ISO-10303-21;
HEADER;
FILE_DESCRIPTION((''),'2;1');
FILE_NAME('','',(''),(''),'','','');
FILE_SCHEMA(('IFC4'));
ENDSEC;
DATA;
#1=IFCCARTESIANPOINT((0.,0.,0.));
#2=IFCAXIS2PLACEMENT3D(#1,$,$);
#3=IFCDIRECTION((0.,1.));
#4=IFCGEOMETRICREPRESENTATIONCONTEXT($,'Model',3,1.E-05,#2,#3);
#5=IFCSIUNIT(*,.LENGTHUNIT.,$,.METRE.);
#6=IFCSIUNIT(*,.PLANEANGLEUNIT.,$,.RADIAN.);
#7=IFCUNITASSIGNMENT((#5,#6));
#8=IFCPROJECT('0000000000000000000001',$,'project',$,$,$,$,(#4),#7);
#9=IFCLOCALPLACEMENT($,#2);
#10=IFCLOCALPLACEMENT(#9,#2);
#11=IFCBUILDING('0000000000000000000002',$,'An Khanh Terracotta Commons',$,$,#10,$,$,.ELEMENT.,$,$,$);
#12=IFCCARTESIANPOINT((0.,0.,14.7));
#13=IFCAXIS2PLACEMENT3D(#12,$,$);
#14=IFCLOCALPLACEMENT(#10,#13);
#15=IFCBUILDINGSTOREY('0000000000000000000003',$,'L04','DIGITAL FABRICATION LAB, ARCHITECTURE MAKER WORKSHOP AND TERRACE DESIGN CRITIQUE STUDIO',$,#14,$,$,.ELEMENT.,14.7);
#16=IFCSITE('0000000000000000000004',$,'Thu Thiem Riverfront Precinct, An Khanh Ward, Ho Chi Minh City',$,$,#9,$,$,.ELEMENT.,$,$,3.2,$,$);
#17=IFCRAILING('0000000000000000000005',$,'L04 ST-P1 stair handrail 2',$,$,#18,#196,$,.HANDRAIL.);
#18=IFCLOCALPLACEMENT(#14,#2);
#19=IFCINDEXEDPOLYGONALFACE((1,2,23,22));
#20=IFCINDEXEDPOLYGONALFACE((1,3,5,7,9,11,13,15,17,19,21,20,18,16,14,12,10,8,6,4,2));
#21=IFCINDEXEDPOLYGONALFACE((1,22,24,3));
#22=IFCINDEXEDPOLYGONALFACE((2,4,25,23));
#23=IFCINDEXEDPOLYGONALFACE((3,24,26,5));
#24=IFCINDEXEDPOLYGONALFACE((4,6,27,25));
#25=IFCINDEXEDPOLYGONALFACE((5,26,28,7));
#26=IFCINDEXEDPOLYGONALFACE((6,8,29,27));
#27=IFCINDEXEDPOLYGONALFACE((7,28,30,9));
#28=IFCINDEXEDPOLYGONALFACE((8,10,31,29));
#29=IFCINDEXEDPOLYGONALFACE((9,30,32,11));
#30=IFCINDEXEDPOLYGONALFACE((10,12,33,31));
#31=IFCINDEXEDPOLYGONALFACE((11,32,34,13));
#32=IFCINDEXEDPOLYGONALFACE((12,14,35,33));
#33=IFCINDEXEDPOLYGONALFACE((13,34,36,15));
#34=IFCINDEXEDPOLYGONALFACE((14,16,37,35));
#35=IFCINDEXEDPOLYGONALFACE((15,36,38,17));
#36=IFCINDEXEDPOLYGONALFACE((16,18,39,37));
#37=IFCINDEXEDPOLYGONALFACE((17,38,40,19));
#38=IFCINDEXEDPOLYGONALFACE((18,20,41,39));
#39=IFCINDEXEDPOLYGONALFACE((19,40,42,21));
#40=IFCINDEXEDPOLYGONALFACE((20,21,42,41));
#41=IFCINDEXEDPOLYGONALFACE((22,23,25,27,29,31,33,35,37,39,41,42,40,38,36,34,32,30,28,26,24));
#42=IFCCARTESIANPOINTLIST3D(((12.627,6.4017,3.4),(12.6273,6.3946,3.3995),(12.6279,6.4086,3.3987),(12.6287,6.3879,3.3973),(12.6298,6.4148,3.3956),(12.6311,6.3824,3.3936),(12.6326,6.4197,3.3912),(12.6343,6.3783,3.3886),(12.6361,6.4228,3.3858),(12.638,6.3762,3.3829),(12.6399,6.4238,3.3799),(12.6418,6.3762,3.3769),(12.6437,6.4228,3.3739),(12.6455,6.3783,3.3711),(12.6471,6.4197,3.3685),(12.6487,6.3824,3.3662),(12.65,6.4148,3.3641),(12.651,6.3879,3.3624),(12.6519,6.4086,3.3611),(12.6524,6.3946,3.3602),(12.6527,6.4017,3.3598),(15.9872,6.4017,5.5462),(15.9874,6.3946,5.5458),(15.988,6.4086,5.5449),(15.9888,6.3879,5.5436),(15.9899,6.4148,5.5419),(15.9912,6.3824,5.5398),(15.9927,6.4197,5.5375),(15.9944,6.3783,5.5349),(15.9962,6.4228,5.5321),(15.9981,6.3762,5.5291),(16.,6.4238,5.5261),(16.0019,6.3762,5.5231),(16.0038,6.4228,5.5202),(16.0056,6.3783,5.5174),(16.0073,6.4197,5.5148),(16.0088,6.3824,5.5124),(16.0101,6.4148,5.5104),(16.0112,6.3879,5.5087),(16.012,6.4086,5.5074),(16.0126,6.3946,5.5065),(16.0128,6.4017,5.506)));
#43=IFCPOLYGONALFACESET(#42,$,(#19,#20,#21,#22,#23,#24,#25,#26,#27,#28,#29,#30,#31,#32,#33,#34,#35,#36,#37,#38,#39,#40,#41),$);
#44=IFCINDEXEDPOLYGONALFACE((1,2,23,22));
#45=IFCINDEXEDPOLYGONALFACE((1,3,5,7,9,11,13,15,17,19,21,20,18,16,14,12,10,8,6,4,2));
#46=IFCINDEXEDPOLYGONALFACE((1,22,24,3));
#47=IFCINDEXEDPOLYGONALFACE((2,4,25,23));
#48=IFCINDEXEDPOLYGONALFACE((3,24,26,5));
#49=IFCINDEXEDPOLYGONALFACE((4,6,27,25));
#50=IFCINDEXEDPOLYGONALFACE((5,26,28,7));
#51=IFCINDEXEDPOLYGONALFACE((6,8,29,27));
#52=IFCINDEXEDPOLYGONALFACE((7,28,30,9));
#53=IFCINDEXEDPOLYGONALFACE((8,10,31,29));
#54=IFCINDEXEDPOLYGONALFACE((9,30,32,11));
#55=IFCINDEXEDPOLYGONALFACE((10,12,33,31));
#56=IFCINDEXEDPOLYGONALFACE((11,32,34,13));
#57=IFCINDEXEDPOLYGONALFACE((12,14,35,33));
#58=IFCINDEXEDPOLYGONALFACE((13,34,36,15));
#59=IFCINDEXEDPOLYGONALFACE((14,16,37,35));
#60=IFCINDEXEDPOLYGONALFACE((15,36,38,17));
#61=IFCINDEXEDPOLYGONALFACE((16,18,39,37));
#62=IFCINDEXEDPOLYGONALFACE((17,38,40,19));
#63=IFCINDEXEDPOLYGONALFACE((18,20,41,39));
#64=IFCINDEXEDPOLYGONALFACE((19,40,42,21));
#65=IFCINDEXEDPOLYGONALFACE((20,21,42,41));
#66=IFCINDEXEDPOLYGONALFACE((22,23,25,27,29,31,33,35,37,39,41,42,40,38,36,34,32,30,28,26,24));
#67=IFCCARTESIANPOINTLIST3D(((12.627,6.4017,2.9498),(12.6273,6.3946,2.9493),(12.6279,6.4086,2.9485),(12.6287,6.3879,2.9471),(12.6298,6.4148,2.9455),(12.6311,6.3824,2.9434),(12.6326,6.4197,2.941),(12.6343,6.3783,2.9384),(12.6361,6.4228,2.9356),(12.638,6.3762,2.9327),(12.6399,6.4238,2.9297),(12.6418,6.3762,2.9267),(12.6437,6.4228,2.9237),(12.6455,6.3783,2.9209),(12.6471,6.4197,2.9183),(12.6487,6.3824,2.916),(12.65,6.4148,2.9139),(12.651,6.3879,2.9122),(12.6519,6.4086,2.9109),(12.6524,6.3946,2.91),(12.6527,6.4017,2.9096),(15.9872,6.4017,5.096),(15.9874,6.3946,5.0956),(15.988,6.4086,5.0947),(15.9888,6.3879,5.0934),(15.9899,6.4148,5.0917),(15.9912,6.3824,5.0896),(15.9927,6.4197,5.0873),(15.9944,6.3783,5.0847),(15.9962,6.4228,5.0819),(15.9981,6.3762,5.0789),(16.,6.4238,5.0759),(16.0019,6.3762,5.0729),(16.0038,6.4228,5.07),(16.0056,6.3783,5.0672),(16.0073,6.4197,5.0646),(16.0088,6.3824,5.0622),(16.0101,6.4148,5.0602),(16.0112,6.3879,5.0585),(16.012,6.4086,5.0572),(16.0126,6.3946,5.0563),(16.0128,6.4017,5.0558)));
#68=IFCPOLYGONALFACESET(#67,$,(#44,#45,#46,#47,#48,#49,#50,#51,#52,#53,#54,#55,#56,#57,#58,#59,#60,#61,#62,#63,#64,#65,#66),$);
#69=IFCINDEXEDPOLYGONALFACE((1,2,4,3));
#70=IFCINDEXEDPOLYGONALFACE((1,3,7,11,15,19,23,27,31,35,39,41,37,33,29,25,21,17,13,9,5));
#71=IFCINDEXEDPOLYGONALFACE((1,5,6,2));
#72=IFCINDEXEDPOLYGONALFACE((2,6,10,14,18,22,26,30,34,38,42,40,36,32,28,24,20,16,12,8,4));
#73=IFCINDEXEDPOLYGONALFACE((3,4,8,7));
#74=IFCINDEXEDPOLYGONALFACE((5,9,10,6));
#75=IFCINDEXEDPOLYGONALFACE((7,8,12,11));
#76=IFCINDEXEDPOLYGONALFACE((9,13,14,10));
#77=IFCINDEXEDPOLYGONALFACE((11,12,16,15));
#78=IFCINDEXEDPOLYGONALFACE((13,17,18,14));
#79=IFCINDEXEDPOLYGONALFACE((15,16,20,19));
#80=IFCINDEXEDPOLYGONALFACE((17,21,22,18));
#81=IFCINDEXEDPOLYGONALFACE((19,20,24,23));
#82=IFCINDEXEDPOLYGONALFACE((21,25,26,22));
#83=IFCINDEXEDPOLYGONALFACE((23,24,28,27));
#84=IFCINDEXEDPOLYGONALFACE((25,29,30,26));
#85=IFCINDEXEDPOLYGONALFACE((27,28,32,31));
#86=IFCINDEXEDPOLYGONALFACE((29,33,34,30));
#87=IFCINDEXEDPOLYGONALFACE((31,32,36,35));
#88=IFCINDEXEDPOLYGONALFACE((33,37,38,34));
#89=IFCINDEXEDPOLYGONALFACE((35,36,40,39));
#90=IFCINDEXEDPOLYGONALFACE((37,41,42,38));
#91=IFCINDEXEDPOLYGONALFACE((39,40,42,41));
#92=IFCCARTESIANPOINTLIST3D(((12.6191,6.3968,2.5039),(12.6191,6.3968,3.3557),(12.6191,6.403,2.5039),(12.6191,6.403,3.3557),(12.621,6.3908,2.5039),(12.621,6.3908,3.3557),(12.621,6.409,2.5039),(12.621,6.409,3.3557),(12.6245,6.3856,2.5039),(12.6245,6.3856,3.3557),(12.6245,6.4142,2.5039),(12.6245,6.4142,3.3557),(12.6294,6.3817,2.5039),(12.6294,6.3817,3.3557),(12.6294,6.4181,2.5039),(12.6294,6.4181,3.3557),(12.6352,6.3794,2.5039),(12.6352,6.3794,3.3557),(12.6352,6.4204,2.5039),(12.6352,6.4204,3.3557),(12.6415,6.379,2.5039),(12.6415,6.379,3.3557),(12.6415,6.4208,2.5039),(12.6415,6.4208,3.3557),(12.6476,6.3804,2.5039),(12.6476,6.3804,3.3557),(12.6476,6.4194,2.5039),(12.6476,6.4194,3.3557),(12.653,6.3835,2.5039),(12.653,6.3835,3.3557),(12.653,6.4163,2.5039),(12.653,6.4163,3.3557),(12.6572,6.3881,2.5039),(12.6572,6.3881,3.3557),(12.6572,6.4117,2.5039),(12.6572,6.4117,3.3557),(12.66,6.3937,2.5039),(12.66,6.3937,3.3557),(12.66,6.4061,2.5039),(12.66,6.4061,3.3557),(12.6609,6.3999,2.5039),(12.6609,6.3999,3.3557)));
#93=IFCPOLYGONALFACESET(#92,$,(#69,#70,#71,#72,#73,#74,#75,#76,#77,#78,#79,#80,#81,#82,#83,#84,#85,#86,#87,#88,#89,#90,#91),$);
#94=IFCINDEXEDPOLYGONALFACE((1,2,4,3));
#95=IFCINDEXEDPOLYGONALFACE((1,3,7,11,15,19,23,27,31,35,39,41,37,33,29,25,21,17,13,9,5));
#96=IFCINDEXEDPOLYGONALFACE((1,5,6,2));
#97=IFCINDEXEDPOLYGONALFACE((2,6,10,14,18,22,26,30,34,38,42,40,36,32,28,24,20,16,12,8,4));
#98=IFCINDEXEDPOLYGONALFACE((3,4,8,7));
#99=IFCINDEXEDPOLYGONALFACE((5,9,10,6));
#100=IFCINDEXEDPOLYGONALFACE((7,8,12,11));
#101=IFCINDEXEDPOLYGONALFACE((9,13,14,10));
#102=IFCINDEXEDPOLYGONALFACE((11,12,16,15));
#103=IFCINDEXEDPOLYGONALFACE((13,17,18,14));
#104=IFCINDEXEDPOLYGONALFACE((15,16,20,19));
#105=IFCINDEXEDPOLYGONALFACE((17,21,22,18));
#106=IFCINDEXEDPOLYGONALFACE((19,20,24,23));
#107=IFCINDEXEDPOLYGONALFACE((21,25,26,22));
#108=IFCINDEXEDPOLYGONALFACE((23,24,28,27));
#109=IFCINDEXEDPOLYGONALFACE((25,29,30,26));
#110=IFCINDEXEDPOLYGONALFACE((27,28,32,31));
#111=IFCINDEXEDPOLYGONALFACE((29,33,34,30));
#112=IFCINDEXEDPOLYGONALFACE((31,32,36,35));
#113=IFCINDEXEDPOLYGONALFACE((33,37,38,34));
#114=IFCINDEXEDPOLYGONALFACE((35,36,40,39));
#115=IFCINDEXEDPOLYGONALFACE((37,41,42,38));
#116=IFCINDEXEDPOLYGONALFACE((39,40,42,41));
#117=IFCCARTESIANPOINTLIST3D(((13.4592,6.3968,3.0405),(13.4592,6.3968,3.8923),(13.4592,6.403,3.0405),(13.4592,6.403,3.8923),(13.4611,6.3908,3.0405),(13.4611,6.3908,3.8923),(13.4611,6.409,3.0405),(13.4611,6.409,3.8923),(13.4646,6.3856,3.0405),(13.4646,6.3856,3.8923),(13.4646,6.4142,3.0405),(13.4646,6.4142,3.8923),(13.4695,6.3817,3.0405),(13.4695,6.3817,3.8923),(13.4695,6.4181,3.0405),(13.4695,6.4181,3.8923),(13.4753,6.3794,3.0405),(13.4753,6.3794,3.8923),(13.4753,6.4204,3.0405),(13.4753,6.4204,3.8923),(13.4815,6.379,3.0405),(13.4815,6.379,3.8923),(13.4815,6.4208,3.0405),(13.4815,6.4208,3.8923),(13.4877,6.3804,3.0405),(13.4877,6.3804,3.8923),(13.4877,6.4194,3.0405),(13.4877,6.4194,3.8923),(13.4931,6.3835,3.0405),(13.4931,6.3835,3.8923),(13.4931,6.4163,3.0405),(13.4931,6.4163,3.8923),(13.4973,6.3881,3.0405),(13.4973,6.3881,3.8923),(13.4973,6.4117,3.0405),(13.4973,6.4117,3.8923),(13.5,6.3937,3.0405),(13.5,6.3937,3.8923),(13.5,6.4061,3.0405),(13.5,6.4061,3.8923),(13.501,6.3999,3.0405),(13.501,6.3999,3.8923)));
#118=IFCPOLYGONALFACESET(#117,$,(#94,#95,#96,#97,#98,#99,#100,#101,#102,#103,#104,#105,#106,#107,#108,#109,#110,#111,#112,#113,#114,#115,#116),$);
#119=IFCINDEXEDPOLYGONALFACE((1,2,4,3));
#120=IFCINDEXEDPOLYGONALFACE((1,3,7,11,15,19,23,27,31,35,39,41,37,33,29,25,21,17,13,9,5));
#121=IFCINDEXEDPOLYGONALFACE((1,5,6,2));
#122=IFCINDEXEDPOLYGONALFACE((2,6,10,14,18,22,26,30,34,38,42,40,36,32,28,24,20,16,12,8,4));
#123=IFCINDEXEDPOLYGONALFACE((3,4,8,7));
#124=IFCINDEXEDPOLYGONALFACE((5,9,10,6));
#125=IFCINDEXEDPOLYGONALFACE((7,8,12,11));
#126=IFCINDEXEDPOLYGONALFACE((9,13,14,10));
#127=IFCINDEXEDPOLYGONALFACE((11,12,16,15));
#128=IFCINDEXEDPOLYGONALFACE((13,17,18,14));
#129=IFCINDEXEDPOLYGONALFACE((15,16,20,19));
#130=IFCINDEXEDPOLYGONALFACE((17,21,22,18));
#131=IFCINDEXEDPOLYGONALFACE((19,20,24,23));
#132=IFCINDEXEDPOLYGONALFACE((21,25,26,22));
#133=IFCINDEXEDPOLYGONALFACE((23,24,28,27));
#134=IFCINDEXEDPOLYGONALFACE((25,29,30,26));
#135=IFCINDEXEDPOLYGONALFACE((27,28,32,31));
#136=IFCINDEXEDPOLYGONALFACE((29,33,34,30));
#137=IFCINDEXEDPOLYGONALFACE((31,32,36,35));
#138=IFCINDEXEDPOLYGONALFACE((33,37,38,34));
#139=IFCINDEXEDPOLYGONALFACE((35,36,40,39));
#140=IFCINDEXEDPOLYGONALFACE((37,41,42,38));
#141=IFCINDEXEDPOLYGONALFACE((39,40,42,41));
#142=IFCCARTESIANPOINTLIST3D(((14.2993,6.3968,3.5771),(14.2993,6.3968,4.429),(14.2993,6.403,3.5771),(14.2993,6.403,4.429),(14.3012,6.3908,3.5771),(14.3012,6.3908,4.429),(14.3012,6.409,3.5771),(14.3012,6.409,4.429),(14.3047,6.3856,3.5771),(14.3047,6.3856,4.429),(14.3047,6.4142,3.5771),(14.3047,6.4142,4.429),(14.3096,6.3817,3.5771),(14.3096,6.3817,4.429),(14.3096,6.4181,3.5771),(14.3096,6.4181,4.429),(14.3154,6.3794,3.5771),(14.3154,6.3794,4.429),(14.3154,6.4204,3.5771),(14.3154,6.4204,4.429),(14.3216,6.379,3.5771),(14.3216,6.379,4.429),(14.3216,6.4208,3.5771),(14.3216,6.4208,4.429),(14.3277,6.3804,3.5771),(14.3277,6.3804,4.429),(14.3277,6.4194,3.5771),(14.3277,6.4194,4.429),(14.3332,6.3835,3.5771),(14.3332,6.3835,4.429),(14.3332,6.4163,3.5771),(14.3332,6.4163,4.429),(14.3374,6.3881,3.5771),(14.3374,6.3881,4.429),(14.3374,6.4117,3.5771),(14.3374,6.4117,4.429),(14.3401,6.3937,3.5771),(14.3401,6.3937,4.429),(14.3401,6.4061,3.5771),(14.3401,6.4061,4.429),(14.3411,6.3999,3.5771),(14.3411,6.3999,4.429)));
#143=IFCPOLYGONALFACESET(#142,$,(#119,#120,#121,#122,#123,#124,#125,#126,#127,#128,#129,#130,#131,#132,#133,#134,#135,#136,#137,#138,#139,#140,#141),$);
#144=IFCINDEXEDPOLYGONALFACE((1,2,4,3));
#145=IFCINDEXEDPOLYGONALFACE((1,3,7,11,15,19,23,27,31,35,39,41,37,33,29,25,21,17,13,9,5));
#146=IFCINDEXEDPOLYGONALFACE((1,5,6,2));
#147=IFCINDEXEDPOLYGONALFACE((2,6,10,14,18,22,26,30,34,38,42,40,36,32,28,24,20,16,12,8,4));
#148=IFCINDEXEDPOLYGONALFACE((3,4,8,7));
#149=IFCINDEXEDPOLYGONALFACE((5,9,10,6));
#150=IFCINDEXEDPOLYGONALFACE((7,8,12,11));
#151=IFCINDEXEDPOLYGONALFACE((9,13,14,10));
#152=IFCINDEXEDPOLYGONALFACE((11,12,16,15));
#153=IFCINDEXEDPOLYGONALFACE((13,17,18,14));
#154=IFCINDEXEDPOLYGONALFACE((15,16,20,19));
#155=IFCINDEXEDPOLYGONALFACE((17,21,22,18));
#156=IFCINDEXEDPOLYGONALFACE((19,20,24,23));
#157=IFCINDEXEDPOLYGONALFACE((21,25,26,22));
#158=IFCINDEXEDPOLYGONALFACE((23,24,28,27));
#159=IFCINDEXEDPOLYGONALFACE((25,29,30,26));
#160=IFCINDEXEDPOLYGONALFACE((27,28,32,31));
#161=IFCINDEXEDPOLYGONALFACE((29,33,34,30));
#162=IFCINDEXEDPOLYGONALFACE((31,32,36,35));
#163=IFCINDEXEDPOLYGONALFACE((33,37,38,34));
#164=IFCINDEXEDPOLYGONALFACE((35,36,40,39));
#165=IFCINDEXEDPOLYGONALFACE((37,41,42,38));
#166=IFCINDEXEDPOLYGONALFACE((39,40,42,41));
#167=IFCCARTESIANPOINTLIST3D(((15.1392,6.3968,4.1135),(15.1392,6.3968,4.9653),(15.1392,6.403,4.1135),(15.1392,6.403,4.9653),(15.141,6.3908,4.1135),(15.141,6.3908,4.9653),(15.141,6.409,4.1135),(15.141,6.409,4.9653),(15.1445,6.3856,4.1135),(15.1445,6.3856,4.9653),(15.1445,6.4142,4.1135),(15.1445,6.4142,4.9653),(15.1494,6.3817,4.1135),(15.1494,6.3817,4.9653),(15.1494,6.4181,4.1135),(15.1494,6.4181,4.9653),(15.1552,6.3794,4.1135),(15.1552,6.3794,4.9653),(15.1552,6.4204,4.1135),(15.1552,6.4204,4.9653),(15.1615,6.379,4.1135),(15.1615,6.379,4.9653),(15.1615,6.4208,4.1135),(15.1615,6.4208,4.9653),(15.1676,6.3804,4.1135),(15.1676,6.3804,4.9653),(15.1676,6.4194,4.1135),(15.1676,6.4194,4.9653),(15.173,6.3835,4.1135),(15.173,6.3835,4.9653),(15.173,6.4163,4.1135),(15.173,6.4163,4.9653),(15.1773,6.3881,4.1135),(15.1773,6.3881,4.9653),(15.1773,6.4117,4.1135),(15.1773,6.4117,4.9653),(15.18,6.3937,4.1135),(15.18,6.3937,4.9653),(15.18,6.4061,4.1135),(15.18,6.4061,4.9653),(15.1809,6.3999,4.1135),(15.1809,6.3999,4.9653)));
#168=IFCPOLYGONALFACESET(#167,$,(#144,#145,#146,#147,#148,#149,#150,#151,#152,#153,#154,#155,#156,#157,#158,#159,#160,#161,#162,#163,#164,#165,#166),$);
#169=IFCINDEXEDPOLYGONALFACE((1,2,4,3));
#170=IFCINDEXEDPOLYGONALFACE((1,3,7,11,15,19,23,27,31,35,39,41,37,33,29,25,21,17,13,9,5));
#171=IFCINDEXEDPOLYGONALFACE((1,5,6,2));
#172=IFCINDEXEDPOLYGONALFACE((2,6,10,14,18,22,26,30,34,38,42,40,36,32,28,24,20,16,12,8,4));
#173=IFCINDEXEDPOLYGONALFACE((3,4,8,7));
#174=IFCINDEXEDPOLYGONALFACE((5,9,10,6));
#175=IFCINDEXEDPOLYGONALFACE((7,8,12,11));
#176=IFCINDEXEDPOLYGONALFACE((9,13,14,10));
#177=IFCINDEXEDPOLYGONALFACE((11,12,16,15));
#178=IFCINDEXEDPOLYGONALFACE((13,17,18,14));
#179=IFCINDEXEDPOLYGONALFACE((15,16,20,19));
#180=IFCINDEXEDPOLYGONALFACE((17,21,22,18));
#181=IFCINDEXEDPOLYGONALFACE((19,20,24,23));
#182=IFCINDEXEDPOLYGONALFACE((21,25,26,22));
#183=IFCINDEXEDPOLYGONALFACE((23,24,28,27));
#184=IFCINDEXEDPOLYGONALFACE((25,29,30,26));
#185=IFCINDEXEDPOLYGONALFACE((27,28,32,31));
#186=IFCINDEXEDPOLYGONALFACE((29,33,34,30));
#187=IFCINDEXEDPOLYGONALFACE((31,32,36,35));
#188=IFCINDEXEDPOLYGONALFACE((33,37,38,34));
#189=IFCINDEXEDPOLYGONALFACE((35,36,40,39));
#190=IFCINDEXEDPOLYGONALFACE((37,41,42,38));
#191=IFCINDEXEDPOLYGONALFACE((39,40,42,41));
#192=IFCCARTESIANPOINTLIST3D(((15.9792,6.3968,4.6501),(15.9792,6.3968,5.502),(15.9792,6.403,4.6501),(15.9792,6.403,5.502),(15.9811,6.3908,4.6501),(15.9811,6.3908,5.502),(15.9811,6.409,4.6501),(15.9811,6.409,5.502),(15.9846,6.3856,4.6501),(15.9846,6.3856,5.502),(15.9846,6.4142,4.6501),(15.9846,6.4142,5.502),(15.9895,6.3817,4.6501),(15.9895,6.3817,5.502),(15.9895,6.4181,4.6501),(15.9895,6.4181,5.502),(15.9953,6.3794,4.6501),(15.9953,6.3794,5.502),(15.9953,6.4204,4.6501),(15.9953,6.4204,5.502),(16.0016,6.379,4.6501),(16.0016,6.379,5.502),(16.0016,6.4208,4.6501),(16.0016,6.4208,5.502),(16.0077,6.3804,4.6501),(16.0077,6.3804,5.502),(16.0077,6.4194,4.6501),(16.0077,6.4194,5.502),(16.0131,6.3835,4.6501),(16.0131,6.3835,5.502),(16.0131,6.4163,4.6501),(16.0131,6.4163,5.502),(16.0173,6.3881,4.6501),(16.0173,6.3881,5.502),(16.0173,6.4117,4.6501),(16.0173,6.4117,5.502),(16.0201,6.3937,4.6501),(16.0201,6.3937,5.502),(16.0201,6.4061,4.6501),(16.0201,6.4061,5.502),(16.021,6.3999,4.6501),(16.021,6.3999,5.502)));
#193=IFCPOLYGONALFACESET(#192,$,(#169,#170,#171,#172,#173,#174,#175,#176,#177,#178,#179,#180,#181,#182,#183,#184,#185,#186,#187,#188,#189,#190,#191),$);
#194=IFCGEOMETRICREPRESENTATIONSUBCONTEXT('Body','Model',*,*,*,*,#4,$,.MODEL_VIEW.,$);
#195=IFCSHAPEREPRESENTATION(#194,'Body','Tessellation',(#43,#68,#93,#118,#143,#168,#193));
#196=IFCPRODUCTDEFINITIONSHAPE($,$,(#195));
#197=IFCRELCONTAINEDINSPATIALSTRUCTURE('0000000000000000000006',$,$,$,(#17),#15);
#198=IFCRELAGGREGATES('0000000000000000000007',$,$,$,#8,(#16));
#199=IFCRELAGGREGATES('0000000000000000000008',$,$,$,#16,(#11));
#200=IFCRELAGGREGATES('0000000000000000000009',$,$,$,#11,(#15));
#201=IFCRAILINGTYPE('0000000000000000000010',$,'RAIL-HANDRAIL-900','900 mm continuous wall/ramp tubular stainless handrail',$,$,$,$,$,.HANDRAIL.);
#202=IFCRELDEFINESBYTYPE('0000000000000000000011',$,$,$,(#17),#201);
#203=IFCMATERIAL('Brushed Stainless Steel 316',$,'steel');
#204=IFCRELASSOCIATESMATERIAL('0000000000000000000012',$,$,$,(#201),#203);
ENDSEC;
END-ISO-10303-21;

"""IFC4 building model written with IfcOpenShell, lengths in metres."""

from ifc_helpers import new_model, si_unit, direction, frame, origin, origin_2d, place, context, subcontext, project, spatial, circle, extrude, material, type_object, element, save


model = new_model("IFC4")

# Units and contexts
model_context = context("Model", 3, precision=1e-05, world=origin(), true_north=direction((0.0, 1.0)))
body_context = subcontext(model_context, "Body", "Model", "MODEL_VIEW")
ifc_project = project(units=[si_unit("LENGTHUNIT", "METRE"), si_unit("PLANEANGLEUNIT", "RADIAN")], contexts=[model_context])

# Site, building, storey
site_placement = place(None, origin())
site = spatial("IfcSite", under=ifc_project, at=site_placement, Name="Thu Thiem Riverfront Precinct, An Khanh Ward, Ho Chi Minh City", CompositionType="ELEMENT", RefElevation=3.2)
building_placement = place(site_placement, origin())
building = spatial("IfcBuilding", under=site, at=building_placement, Name="An Khanh Terracotta Commons", CompositionType="ELEMENT")
storey_placement = place(building_placement, frame((0.0, 0.0, 14.7)))
storey = spatial("IfcBuildingStorey", under=building, at=storey_placement, Name="L04", Description="DIGITAL FABRICATION LAB, ARCHITECTURE MAKER WORKSHOP AND TERRACE DESIGN CRITIQUE STUDIO", CompositionType="ELEMENT", Elevation=14.7)

# Railing
ifc_material_1 = material(Name="Brushed Stainless Steel 316", Category="steel")
railing_type_1 = type_object("IfcRailingType", Name="RAIL-HANDRAIL-900", Description="900 mm continuous wall/ramp tubular stainless handrail", PredefinedType="HANDRAIL", material=ifc_material_1)
railing_1_placement = place(storey_placement, frame((12.6399, 6.3999, 2.5039)))
element("IfcRailing", 1, at=railing_1_placement, inside=storey, type_object=railing_type_1, Name="L04 ST-P1 stair handrail 2", PredefinedType="HANDRAIL", context=body_context, shape_type="SweptSolid", body=[
    extrude(circle(Radius=0.0239, at=origin_2d()), frame((0.0, 0.0, 0.876), z_axis=(0.842753, 0.0, 0.538301), x_axis=(0.0, 1.0, 0.0)), (0.0, 0.0, 1.0), 3.9871),
    extrude(circle(Radius=0.0239, at=origin_2d()), frame((0.0, 0.0, 0.4258), z_axis=(0.842753, 0.0, 0.538301), x_axis=(0.0, 1.0, 0.0)), (0.0, 0.0, 1.0), 3.9871),
    extrude(circle(Radius=0.021, at=origin_2d()), origin(), (0.0, 0.0, 1.0), 0.8518),
    extrude(circle(Radius=0.021, at=origin_2d()), frame((0.8401, 0.0, 0.5366)), (0.0, 0.0, 1.0), 0.8518),
    extrude(circle(Radius=0.021, at=origin_2d()), frame((1.6802, 0.0, 1.0732)), (0.0, 0.0, 1.0), 0.8518),
    extrude(circle(Radius=0.021, at=origin_2d()), frame((2.52, 0.0, 1.6096)), (0.0, 0.0, 1.0), 0.8518),
    extrude(circle(Radius=0.021, at=origin_2d()), frame((3.3601, 0.0, 2.1462)), (0.0, 0.0, 1.0), 0.8518),
])

save(model, "model.ifc")
